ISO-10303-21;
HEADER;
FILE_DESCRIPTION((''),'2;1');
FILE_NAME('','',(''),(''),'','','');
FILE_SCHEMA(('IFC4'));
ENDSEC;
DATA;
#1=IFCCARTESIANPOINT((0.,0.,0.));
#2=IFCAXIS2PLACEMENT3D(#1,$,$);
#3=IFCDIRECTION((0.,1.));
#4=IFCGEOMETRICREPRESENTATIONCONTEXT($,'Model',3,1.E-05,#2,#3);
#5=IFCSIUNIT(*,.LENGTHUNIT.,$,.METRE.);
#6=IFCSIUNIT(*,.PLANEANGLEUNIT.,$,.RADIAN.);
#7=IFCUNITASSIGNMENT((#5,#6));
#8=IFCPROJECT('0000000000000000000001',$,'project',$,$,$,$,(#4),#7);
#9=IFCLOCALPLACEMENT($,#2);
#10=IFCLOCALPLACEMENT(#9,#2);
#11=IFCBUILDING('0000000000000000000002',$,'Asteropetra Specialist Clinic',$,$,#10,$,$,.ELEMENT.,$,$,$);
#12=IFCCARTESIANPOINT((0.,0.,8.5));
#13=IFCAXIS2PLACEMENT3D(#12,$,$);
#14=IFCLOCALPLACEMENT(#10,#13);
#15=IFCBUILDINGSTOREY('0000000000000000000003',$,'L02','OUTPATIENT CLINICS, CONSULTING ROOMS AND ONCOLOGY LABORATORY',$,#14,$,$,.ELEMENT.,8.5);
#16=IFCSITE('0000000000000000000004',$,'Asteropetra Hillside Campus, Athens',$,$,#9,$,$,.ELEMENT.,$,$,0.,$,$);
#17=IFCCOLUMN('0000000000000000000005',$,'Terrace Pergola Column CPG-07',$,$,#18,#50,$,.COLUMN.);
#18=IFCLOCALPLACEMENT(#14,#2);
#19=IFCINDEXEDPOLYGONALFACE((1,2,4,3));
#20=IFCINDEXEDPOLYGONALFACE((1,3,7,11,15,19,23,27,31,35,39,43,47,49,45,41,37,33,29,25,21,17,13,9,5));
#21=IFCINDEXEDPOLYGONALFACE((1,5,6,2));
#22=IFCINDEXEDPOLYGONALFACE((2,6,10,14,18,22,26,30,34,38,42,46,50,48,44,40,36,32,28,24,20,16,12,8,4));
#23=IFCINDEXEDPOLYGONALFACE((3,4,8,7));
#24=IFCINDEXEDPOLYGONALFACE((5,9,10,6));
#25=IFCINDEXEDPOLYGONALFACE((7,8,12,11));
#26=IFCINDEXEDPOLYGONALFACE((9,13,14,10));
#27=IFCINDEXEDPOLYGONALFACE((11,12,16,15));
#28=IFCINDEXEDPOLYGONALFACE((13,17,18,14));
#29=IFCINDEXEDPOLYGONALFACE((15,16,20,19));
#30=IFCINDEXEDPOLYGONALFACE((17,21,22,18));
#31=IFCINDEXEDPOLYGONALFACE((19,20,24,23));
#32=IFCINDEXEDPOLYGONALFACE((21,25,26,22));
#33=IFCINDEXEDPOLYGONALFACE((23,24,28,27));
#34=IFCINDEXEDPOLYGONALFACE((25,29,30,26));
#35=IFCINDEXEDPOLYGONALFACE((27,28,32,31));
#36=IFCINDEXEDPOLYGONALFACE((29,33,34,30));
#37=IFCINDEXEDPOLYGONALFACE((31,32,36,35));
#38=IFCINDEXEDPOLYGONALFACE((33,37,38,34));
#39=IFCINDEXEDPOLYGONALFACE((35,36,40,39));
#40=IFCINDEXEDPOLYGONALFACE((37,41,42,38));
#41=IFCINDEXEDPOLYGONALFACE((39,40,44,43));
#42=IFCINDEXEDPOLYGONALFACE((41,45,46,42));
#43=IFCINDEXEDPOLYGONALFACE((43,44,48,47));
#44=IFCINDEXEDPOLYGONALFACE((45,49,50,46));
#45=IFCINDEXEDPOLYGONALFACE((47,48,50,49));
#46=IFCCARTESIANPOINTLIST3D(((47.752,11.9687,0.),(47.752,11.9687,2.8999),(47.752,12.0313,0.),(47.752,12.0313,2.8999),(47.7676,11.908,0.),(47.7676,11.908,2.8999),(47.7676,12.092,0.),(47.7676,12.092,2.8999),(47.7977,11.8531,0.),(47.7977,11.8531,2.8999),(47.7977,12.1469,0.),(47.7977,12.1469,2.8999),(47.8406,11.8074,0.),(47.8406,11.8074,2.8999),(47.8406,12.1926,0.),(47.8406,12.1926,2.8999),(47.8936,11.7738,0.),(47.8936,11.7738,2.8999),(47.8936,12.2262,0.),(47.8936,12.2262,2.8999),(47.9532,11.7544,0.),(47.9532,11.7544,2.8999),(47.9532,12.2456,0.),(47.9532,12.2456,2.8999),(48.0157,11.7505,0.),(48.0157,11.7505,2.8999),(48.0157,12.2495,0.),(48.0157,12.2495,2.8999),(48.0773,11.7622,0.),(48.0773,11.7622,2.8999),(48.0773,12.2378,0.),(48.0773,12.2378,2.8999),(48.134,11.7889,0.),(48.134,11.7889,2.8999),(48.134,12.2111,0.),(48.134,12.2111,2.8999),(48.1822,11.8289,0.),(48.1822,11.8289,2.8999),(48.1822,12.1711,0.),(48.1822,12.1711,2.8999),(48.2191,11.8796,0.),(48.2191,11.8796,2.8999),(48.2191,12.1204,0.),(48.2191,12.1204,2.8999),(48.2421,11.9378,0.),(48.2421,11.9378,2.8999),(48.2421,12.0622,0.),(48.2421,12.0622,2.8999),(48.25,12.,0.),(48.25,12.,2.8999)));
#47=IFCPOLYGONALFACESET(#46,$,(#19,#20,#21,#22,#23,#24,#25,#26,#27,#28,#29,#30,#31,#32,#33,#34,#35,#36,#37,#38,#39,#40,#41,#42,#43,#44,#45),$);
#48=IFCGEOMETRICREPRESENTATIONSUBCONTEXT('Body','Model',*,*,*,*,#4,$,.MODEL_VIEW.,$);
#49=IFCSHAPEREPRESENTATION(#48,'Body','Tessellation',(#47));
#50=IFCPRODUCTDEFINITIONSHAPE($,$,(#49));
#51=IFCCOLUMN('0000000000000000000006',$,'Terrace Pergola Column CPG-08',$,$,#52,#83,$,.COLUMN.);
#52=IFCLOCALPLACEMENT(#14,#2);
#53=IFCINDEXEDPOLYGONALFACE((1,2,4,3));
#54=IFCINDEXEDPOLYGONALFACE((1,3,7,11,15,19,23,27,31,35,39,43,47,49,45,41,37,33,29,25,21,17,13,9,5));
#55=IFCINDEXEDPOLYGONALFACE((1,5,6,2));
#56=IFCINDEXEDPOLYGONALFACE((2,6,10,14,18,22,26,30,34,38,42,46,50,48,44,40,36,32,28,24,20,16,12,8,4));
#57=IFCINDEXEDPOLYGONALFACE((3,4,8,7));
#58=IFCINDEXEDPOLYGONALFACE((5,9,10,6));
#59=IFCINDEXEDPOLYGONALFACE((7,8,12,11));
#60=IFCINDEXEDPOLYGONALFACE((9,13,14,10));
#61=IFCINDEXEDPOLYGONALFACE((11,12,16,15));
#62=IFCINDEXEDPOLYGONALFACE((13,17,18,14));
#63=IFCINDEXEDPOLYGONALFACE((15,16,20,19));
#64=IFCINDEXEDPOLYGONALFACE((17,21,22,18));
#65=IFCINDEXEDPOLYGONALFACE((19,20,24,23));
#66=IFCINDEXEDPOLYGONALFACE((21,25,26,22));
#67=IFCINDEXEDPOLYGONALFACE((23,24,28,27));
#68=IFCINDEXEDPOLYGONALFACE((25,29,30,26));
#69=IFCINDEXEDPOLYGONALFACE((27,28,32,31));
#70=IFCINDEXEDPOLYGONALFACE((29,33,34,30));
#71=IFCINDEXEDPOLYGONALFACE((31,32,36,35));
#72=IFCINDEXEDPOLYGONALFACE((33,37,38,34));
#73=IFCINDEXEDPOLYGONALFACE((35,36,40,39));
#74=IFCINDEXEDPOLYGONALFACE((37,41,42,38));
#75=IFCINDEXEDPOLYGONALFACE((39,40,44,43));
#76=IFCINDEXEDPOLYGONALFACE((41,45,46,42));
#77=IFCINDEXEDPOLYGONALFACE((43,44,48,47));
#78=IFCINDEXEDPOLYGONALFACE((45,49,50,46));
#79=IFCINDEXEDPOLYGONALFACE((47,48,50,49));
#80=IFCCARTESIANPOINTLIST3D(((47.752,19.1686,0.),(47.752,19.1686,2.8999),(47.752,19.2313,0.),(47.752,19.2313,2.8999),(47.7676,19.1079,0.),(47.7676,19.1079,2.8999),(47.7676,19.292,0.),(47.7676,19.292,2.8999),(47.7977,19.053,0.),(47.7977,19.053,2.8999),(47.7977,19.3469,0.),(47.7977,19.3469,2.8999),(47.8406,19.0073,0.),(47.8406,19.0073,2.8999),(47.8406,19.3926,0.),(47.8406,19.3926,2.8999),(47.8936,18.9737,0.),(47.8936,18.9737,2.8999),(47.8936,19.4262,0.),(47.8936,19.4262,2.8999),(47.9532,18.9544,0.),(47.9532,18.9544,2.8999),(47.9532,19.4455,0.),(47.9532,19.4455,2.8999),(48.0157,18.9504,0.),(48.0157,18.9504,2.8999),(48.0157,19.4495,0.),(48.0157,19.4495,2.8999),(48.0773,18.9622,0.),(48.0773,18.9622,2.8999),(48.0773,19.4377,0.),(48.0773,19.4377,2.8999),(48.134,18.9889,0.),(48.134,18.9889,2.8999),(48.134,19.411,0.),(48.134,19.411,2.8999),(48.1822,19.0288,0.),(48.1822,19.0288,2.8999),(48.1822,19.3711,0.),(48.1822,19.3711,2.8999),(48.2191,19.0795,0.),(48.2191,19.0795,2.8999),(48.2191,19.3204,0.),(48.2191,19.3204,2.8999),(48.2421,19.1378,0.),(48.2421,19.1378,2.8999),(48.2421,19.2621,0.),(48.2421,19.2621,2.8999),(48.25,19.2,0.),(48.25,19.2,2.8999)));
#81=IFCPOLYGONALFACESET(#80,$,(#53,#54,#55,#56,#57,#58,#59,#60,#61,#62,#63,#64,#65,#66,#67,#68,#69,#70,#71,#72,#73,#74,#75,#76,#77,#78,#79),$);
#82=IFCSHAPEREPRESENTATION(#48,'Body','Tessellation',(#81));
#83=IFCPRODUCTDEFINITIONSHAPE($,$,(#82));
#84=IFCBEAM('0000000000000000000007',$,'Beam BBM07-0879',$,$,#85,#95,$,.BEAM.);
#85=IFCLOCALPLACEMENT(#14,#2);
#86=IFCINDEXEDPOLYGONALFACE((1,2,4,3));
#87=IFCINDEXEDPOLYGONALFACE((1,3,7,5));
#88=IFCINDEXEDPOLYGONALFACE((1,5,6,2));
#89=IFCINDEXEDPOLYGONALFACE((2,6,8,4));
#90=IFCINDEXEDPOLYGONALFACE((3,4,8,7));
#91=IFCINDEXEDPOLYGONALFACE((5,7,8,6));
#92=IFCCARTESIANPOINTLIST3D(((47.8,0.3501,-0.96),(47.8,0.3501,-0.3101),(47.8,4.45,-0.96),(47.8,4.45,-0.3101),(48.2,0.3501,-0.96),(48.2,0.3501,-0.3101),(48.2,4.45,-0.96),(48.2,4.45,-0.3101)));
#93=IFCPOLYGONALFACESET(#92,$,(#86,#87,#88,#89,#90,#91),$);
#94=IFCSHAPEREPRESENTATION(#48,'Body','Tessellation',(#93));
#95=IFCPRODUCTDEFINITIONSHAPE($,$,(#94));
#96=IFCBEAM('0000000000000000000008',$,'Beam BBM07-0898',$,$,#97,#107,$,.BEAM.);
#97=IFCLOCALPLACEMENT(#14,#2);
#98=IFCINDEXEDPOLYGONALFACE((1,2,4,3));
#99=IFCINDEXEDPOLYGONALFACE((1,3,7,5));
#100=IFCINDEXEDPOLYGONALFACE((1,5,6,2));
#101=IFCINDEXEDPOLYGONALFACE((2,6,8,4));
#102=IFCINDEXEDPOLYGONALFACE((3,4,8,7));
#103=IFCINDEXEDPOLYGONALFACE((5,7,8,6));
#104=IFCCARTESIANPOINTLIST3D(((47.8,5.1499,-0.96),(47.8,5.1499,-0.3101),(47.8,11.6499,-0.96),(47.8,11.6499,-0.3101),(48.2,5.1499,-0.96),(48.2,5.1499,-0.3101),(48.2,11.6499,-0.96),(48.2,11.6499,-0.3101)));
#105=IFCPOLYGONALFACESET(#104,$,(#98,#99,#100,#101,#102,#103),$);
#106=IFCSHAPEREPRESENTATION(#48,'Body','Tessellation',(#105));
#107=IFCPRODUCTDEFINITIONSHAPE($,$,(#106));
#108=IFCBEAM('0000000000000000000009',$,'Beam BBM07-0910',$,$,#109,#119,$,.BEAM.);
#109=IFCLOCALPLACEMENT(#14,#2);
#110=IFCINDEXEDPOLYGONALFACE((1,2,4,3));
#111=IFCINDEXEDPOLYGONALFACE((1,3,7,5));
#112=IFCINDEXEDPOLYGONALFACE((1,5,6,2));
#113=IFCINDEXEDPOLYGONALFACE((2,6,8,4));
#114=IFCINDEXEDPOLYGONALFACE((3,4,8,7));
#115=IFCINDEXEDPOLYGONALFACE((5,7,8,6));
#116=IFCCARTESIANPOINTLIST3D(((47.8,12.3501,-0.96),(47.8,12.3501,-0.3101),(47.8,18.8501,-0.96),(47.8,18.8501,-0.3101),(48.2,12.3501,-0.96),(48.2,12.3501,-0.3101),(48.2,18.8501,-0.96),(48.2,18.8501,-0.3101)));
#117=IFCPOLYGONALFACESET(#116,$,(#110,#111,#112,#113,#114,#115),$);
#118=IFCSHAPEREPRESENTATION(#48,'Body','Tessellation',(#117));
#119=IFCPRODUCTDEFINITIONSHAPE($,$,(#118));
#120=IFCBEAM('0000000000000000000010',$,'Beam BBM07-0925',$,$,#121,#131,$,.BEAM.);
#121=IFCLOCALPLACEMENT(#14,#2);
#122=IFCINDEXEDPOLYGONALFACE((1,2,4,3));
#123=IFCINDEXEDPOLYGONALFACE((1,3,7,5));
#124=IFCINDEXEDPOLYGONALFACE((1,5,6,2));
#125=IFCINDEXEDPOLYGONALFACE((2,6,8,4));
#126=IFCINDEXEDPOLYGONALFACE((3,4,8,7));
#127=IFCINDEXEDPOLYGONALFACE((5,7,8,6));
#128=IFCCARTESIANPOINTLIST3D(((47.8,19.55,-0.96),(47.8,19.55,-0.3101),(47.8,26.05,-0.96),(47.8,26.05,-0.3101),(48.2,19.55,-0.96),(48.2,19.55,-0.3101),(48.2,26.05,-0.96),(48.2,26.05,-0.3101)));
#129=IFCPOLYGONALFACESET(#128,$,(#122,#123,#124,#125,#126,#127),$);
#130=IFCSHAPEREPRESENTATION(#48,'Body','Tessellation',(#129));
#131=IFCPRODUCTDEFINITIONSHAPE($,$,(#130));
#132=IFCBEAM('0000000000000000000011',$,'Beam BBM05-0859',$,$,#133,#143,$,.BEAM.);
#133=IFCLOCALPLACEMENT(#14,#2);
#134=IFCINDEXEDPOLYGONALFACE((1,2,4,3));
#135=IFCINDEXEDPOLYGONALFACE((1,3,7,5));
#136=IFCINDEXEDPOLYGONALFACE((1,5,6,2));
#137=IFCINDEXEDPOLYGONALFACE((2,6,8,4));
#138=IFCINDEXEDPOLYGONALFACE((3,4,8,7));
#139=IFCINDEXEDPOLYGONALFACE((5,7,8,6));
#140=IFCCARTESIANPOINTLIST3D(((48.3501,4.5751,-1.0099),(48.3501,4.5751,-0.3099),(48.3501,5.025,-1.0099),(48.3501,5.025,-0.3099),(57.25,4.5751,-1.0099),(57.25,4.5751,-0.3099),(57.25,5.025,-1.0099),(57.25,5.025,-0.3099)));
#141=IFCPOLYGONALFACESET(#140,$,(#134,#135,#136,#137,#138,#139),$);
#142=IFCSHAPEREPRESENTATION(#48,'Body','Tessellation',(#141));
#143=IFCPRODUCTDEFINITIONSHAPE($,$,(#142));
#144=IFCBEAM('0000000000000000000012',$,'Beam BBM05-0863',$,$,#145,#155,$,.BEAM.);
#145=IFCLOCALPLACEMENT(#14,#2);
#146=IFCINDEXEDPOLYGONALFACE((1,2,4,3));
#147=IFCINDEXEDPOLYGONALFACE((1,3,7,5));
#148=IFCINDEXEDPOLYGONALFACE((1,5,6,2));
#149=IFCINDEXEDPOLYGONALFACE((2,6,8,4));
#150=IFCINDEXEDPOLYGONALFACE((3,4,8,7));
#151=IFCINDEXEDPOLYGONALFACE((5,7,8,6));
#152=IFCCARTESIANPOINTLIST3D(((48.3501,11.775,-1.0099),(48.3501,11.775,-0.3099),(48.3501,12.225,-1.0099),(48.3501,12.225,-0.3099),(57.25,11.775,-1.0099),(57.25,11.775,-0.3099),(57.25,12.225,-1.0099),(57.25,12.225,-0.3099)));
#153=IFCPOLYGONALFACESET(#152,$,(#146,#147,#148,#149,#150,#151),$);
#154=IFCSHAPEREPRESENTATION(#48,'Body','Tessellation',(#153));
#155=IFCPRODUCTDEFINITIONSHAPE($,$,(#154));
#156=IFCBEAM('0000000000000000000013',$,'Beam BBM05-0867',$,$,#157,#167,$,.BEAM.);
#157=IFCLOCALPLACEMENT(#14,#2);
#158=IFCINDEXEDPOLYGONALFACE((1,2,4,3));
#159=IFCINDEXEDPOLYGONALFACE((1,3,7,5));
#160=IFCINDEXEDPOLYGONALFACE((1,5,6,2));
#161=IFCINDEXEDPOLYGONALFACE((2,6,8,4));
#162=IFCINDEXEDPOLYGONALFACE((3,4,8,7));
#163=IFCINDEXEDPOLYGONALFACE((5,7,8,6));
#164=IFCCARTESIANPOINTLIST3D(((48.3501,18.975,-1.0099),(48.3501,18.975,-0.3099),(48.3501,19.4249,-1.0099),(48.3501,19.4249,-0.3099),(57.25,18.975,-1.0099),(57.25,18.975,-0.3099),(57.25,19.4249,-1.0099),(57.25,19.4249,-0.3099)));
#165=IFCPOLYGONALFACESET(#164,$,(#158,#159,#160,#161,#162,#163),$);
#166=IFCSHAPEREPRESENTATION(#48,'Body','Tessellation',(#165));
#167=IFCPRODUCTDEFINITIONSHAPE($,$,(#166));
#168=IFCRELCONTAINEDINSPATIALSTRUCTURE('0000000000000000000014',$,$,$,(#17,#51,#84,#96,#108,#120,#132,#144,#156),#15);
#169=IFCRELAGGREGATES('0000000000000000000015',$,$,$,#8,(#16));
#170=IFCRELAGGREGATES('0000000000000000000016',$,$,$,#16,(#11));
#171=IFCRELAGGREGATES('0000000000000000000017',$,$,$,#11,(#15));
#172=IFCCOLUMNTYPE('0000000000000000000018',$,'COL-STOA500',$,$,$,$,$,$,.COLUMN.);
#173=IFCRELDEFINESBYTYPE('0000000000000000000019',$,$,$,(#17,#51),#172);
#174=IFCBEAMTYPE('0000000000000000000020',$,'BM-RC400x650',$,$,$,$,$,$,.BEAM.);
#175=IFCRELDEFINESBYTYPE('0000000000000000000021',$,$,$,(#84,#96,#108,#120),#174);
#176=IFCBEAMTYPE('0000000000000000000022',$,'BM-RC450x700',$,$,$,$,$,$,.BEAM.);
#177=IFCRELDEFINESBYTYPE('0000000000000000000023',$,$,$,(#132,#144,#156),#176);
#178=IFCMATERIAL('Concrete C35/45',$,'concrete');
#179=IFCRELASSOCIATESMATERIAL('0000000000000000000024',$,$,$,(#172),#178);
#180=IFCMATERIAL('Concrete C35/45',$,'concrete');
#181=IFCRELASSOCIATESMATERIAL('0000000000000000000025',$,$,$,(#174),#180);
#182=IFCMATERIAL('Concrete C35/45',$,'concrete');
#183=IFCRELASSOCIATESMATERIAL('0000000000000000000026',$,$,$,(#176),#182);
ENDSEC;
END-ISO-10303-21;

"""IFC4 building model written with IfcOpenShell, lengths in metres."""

from ifc_helpers import new_model, si_unit, direction, frame, origin, origin_2d, place, context, subcontext, project, spatial, rectangle, circle, extrude, material, material_profile, profile_set, type_object, element, save


model = new_model("IFC4")

# Units and contexts
model_context = context("Model", 3, precision=1e-05, world=origin(), true_north=direction((0.0, 1.0)))
body_context = subcontext(model_context, "Body", "Model", "MODEL_VIEW")
ifc_project = project(units=[si_unit("LENGTHUNIT", "METRE"), si_unit("PLANEANGLEUNIT", "RADIAN")], contexts=[model_context])

# Site, building, storey
site_placement = place(None, origin())
site = spatial("IfcSite", under=ifc_project, at=site_placement, Name="Asteropetra Hillside Campus, Athens", CompositionType="ELEMENT", RefElevation=0.0)
building_placement = place(site_placement, origin())
building = spatial("IfcBuilding", under=site, at=building_placement, Name="Asteropetra Specialist Clinic", CompositionType="ELEMENT")
storey_placement = place(building_placement, frame((0.0, 0.0, 8.5)))
storey = spatial("IfcBuildingStorey", under=building, at=storey_placement, Name="L02", Description="OUTPATIENT CLINICS, CONSULTING ROOMS AND ONCOLOGY LABORATORY", CompositionType="ELEMENT", Elevation=8.5)

# Columns
ifc_material_1 = material(Name="Concrete C35/45", Category="concrete")
ifc_material_profile_1 = material_profile(ifc_material_1, circle(Radius=0.25, at=origin_2d()), Name="RCC D500")
ifc_profile_set_1 = profile_set([ifc_material_profile_1], Name="Concrete C35/45")
column_type = type_object("IfcColumnType", Name="COL-STOA500", PredefinedType="COLUMN", material=ifc_profile_set_1)
for number, where, z_axis, x_axis, name in (
    (1, (48.0, 12.0, 0.0), (0.0, 0.0, 1.0), (1.0, 0.0, 0.0), "Terrace Pergola Column CPG-07"),
    (2, (48.0, 19.2, 0.0), (0.0, 0.0, 1.0), (1.0, 0.0, 0.0), "Terrace Pergola Column CPG-08"),
):
    element("IfcColumn", number, at=place(storey_placement, frame(where, z_axis=z_axis, x_axis=x_axis)), inside=storey, type_object=column_type, Name=name, PredefinedType="COLUMN", context=body_context, shape_type="SweptSolid", body=[
        extrude(circle(Radius=0.25, at=origin_2d()), origin(), (0.0, 0.0, 1.0), 2.8999),
    ])

# Beams
ifc_material_2 = material(Name="Concrete C35/45", Category="concrete")
ifc_material_profile_2 = material_profile(ifc_material_2, rectangle(XDim=0.3999, YDim=0.6499, at=origin_2d()), Name="RCB 400x650")
ifc_profile_set_2 = profile_set([ifc_material_profile_2], Name="Concrete C35/45")
beam_type_1 = type_object("IfcBeamType", Name="BM-RC400x650", PredefinedType="BEAM", material=ifc_profile_set_2)
beam_1_placement = place(storey_placement, frame((48.0, 0.3501, -0.635), z_axis=(0.0, 1.0, 0.0), x_axis=(-1.0, 0.0, 0.0)))
element("IfcBeam", 3, at=beam_1_placement, inside=storey, type_object=beam_type_1, Name="Beam BBM07-0879", PredefinedType="BEAM", context=body_context, shape_type="SweptSolid", body=[
    extrude(rectangle(XDim=0.3999, YDim=0.6499, at=origin_2d()), origin(), (0.0, 0.0, 1.0), 4.0999),
])
for number, where, z_axis, x_axis, name in (
    (4, (48.0, 5.1499, -0.635), (0.0, 1.0, 0.0), (-1.0, 0.0, 0.0), "Beam BBM07-0898"),
    (5, (48.0, 12.3501, -0.635), (0.0, 1.0, 0.0), (-1.0, 0.0, 0.0), "Beam BBM07-0910"),
    (6, (48.0, 19.55, -0.635), (0.0, 1.0, 0.0), (-1.0, 0.0, 0.0), "Beam BBM07-0925"),
):
    element("IfcBeam", number, at=place(storey_placement, frame(where, z_axis=z_axis, x_axis=x_axis)), inside=storey, type_object=beam_type_1, Name=name, PredefinedType="BEAM", context=body_context, shape_type="SweptSolid", body=[
        extrude(rectangle(XDim=0.3999, YDim=0.6499, at=origin_2d()), origin(), (0.0, 0.0, 1.0), 6.5),
    ])
ifc_material_3 = material(Name="Concrete C35/45", Category="concrete")
ifc_material_profile_3 = material_profile(ifc_material_3, rectangle(XDim=0.45, YDim=0.7, at=origin_2d()), Name="RCB 450x700")
ifc_profile_set_3 = profile_set([ifc_material_profile_3], Name="Concrete C35/45")
beam_type_2 = type_object("IfcBeamType", Name="BM-RC450x700", PredefinedType="BEAM", material=ifc_profile_set_3)
for number, where, z_axis, x_axis, name in (
    (7, (48.3501, 4.8, -0.6599), (1.0, 0.0, 0.0), (0.0, 1.0, 0.0), "Beam BBM05-0859"),
    (8, (48.3501, 12.0, -0.6599), (1.0, 0.0, 0.0), (0.0, 1.0, 0.0), "Beam BBM05-0863"),
    (9, (48.3501, 19.2, -0.6599), (1.0, 0.0, 0.0), (0.0, 1.0, 0.0), "Beam BBM05-0867"),
):
    element("IfcBeam", number, at=place(storey_placement, frame(where, z_axis=z_axis, x_axis=x_axis)), inside=storey, type_object=beam_type_2, Name=name, PredefinedType="BEAM", context=body_context, shape_type="SweptSolid", body=[
        extrude(rectangle(XDim=0.45, YDim=0.7, at=origin_2d()), origin(), (0.0, 0.0, 1.0), 8.8999),
    ])

save(model, "model.ifc")
